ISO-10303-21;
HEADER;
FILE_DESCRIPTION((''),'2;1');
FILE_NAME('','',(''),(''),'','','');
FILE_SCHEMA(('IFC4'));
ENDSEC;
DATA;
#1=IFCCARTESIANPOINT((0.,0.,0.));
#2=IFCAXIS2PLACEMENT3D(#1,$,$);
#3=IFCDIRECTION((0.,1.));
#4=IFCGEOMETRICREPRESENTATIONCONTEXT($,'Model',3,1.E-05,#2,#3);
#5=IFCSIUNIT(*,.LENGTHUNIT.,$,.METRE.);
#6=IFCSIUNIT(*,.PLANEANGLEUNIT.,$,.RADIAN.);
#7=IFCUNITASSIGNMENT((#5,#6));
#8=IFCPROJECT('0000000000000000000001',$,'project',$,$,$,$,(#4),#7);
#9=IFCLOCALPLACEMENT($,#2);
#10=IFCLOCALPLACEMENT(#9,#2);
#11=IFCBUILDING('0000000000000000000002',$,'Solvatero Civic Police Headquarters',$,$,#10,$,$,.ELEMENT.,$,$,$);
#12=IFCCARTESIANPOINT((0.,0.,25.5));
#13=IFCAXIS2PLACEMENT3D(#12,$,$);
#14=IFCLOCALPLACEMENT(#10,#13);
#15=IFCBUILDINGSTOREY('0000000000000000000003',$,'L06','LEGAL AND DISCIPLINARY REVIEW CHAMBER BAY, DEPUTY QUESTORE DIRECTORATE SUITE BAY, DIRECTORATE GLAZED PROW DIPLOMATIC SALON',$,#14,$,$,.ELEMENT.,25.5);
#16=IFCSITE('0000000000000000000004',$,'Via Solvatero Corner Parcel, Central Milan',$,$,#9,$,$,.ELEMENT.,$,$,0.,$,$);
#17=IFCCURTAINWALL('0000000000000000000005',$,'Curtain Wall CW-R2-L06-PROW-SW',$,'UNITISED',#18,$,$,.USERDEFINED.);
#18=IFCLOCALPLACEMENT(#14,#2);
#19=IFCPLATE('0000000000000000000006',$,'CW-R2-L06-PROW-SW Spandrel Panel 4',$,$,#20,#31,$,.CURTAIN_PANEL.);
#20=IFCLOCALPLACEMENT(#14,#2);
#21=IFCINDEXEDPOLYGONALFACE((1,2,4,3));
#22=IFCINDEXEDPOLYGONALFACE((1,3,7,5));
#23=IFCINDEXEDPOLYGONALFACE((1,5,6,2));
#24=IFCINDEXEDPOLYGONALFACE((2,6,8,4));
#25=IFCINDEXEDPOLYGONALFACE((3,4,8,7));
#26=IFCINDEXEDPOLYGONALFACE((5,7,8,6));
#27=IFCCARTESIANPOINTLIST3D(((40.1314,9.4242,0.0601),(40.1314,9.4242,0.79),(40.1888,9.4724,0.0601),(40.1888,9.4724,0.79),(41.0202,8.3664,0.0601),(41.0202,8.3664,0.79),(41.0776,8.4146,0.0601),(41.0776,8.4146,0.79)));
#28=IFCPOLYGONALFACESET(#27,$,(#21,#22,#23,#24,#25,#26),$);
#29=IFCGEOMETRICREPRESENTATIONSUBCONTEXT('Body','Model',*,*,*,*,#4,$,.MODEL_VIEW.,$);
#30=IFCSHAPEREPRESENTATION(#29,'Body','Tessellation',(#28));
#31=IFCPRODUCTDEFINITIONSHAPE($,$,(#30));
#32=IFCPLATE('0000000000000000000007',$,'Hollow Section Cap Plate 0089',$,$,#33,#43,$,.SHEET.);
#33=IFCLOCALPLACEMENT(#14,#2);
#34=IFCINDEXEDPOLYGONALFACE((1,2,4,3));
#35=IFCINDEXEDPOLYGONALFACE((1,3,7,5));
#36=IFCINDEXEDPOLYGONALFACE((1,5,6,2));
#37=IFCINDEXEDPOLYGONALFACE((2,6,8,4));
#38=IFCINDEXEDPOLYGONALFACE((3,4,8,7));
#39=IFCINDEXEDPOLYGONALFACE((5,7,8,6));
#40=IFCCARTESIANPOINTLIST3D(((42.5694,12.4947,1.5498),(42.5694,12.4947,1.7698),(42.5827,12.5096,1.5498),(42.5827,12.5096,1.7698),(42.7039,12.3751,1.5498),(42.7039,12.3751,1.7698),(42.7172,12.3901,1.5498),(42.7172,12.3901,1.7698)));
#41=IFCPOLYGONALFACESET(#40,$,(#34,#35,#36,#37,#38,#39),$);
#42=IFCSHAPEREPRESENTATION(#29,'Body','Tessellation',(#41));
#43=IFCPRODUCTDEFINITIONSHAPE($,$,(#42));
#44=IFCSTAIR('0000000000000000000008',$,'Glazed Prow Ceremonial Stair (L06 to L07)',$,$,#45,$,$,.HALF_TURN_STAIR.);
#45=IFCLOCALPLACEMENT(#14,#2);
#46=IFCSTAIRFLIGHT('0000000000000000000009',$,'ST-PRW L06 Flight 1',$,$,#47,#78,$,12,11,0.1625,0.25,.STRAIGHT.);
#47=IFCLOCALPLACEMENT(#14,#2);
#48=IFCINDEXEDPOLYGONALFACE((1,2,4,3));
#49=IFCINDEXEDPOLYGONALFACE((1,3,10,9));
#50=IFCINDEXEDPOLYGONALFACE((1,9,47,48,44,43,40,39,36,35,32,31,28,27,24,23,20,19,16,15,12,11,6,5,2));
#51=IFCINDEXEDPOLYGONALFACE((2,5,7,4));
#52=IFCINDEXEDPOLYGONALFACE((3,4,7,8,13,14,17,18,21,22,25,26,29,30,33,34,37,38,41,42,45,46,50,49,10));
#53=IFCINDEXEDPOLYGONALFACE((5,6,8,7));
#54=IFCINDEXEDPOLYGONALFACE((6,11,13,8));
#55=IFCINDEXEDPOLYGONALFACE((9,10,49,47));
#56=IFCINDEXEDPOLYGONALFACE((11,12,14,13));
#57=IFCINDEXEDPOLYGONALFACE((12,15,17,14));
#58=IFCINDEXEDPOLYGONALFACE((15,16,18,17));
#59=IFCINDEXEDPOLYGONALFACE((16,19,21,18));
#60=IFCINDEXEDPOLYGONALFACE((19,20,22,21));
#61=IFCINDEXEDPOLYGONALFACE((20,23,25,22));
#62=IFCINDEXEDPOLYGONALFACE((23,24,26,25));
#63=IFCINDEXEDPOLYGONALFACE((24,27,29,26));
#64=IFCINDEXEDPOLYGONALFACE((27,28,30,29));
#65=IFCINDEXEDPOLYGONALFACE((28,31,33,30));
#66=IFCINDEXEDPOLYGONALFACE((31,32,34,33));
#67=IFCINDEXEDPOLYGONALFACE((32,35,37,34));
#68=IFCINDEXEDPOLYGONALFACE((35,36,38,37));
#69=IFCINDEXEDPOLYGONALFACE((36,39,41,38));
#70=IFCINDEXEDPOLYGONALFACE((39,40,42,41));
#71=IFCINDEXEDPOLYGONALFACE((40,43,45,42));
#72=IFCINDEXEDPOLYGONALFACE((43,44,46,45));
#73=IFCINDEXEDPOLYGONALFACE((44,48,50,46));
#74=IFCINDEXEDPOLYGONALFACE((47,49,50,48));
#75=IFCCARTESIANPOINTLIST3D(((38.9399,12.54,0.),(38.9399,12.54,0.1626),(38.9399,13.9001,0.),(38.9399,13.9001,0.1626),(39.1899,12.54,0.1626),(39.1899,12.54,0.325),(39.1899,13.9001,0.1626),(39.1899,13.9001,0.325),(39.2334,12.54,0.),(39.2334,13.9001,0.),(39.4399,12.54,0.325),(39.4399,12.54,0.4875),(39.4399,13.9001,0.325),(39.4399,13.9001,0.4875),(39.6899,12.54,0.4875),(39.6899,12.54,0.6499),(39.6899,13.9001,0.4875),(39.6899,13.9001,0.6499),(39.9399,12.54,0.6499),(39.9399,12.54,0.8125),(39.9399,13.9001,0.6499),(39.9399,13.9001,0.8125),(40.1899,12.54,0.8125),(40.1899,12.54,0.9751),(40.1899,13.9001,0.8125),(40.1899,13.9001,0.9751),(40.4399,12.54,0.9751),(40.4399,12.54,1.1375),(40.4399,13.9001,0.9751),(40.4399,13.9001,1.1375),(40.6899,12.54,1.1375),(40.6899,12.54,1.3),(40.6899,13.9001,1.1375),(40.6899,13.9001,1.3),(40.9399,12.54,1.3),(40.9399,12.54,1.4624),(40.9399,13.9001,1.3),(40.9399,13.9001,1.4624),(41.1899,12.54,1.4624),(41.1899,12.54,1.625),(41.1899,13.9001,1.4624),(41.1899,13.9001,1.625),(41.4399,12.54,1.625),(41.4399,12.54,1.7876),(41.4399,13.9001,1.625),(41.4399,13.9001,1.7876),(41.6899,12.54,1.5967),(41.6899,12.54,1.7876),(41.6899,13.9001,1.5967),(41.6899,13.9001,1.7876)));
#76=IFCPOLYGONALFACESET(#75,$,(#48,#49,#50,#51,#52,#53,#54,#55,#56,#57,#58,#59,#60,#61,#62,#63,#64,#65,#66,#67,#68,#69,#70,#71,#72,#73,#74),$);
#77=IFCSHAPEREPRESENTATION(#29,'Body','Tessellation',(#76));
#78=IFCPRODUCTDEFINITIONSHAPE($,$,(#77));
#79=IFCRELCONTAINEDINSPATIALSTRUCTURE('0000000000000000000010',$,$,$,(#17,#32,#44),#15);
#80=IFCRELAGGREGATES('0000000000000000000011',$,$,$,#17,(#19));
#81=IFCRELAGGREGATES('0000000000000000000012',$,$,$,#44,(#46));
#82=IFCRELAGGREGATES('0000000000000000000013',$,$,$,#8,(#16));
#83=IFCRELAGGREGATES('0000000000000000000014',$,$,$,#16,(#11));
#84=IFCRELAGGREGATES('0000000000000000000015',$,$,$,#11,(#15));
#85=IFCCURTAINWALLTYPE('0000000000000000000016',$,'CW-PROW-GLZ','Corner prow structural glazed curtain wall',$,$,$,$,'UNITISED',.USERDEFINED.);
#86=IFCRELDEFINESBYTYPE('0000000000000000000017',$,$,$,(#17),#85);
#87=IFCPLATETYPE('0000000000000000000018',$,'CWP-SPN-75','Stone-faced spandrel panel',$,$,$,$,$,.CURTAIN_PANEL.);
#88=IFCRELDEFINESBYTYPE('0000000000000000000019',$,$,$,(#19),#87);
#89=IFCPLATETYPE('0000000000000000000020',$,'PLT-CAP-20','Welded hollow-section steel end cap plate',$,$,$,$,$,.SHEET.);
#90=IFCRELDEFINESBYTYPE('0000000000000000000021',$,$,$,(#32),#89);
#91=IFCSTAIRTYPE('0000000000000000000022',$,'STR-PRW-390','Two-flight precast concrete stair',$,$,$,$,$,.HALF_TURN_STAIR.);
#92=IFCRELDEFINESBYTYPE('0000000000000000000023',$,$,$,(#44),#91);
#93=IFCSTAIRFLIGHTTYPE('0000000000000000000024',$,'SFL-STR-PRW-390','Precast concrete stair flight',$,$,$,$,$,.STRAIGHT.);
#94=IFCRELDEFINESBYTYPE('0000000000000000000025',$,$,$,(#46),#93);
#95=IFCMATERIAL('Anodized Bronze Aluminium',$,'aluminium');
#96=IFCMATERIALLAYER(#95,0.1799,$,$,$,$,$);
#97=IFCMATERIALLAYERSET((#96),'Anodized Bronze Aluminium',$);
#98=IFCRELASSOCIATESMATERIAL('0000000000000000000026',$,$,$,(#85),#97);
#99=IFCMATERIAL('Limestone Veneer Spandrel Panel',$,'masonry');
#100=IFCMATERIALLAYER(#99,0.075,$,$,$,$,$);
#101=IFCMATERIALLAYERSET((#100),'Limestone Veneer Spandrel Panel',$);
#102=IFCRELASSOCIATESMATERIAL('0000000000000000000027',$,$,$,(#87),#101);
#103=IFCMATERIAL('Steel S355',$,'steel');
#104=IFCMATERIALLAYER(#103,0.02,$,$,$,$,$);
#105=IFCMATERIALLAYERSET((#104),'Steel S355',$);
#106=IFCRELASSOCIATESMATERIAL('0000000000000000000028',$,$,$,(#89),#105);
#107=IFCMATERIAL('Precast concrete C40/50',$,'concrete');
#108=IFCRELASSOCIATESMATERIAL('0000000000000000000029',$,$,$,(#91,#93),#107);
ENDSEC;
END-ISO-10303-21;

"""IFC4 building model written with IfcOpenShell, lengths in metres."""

from ifc_helpers import new_model, si_unit, direction, frame, origin, origin_2d, place, context, subcontext, project, spatial, polyline, rectangle, outline, extrude, material, layer, layer_set, type_object, element, aggregate, save


model = new_model("IFC4")

# Units and contexts
model_context = context("Model", 3, precision=1e-05, world=origin(), true_north=direction((0.0, 1.0)))
body_context = subcontext(model_context, "Body", "Model", "MODEL_VIEW")
ifc_project = project(units=[si_unit("LENGTHUNIT", "METRE"), si_unit("PLANEANGLEUNIT", "RADIAN")], contexts=[model_context])

# Site, building, storey
site_placement = place(None, origin())
site = spatial("IfcSite", under=ifc_project, at=site_placement, Name="Via Solvatero Corner Parcel, Central Milan", CompositionType="ELEMENT", RefElevation=0.0)
building_placement = place(site_placement, origin())
building = spatial("IfcBuilding", under=site, at=building_placement, Name="Solvatero Civic Police Headquarters", CompositionType="ELEMENT")
storey_placement = place(building_placement, frame((0.0, 0.0, 25.5)))
storey = spatial("IfcBuildingStorey", under=building, at=storey_placement, Name="L06", Description="LEGAL AND DISCIPLINARY REVIEW CHAMBER BAY, DEPUTY QUESTORE DIRECTORATE SUITE BAY, DIRECTORATE GLAZED PROW DIPLOMATIC SALON", CompositionType="ELEMENT", Elevation=25.5)

# Shared definitions
ifc_material_1 = material(Name="Steel S355", Category="steel")

# Curtain wall
ifc_material_2 = material(Name="Anodized Bronze Aluminium", Category="aluminium")
ifc_layer_1 = layer(ifc_material_2, 0.1799)
ifc_layer_set_1 = layer_set([ifc_layer_1], Name="Anodized Bronze Aluminium")
curtain_wall_type = type_object("IfcCurtainWallType", Name="CW-PROW-GLZ", Description="Corner prow structural glazed curtain wall", ElementType="UNITISED", PredefinedType="USERDEFINED", material=ifc_layer_set_1)
curtain_wall_placement = place(storey_placement, origin())
curtain_wall = element("IfcCurtainWall", 1, at=curtain_wall_placement, inside=storey, type_object=curtain_wall_type, Name="Curtain Wall CW-R2-L06-PROW-SW", ObjectType="UNITISED", PredefinedType="USERDEFINED")

# Plates
ifc_material_3 = material(Name="Limestone Veneer Spandrel Panel", Category="masonry")
ifc_layer_2 = layer(ifc_material_3, 0.075)
ifc_layer_set_2 = layer_set([ifc_layer_2], Name="Limestone Veneer Spandrel Panel")
plate_type_1 = type_object("IfcPlateType", Name="CWP-SPN-75", Description="Stone-faced spandrel panel", PredefinedType="CURTAIN_PANEL", material=ifc_layer_set_2)
plate_1_placement = place(storey_placement, frame((40.6045, 8.9194, 0.0601), z_axis=(0.0, 0.0, 1.0), x_axis=(0.643282, -0.765629, 0.0)))
plate_1 = element("IfcPlate", 2, at=plate_1_placement, type_object=plate_type_1, Name="CW-R2-L06-PROW-SW Spandrel Panel 4", PredefinedType="CURTAIN_PANEL", context=body_context, shape_type="SweptSolid", body=[
    extrude(rectangle(XDim=1.3816, YDim=0.075, at=origin_2d()), origin(), (0.0, 0.0, 1.0), 0.73),
])
aggregate(curtain_wall, [plate_1])
ifc_layer_3 = layer(ifc_material_1, 0.02)
ifc_layer_set_3 = layer_set([ifc_layer_3], Name="Steel S355")
plate_type_2 = type_object("IfcPlateType", Name="PLT-CAP-20", Description="Welded hollow-section steel end cap plate", PredefinedType="SHEET", material=ifc_layer_set_3)
plate_2_placement = place(storey_placement, frame((42.6433, 12.4424, 1.5498), z_axis=(0.0, 0.0, 1.0), x_axis=(0.66437, 0.747404, 0.0)))
element("IfcPlate", 3, at=plate_2_placement, inside=storey, type_object=plate_type_2, Name="Hollow Section Cap Plate 0089", PredefinedType="SHEET", context=body_context, shape_type="SweptSolid", body=[
    extrude(rectangle(XDim=0.02, YDim=0.1799, at=origin_2d()), origin(), (0.0, 0.0, 1.0), 0.22),
])

# Stair, stair flight
ifc_material_4 = material(Name="Precast concrete C40/50", Category="concrete")
stair_type = type_object("IfcStairType", Name="STR-PRW-390", Description="Two-flight precast concrete stair", PredefinedType="HALF_TURN_STAIR", material=ifc_material_4)
stair_placement = place(storey_placement, origin())
stair = element("IfcStair", 4, at=stair_placement, inside=storey, type_object=stair_type, Name="Glazed Prow Ceremonial Stair (L06 to L07)", PredefinedType="HALF_TURN_STAIR")
stair_flight_type = type_object("IfcStairFlightType", Name="SFL-STR-PRW-390", Description="Precast concrete stair flight", PredefinedType="STRAIGHT", material=ifc_material_4)
stair_flight_placement = place(storey_placement, frame((38.9399, 13.22, 0.0), z_axis=(0.0, 0.0, 1.0), x_axis=(1.0, 0.0, 0.0)))
stair_flight = element("IfcStairFlight", 5, at=stair_flight_placement, type_object=stair_flight_type, Name="ST-PRW L06 Flight 1", NumberOfRisers=12, NumberOfTreads=11, PredefinedType="STRAIGHT", RiserHeight=0.1625, TreadLength=0.25, context=body_context, shape_type="SweptSolid", body=[
    extrude(outline(polyline([(0.0, 0.0), (0.0, 0.1626), (0.25, 0.1626), (0.25, 0.325), (0.5, 0.325), (0.5, 0.4875), (0.75, 0.4875), (0.75, 0.6499), (1.0, 0.6499), (1.0, 0.8125), (1.25, 0.8125), (1.25, 0.9751), (1.5, 0.9751), (1.5, 1.1375), (1.75, 1.1375), (1.75, 1.3), (2.0, 1.3), (2.0, 1.4624), (2.25, 1.4624), (2.25, 1.625), (2.5, 1.625), (2.5, 1.7876), (2.75, 1.7876), (2.75, 1.95), (2.75, 1.5967), (0.2935, 0.0), (0.0, 0.0)])), frame((0.0, 0.6802, 0.0), z_axis=(0.0, -1.0, 0.0), x_axis=(1.0, 0.0, 0.0)), (0.0, 0.0, 1.0), 1.3601),
])
aggregate(stair, [stair_flight])

save(model, "model.ifc")
